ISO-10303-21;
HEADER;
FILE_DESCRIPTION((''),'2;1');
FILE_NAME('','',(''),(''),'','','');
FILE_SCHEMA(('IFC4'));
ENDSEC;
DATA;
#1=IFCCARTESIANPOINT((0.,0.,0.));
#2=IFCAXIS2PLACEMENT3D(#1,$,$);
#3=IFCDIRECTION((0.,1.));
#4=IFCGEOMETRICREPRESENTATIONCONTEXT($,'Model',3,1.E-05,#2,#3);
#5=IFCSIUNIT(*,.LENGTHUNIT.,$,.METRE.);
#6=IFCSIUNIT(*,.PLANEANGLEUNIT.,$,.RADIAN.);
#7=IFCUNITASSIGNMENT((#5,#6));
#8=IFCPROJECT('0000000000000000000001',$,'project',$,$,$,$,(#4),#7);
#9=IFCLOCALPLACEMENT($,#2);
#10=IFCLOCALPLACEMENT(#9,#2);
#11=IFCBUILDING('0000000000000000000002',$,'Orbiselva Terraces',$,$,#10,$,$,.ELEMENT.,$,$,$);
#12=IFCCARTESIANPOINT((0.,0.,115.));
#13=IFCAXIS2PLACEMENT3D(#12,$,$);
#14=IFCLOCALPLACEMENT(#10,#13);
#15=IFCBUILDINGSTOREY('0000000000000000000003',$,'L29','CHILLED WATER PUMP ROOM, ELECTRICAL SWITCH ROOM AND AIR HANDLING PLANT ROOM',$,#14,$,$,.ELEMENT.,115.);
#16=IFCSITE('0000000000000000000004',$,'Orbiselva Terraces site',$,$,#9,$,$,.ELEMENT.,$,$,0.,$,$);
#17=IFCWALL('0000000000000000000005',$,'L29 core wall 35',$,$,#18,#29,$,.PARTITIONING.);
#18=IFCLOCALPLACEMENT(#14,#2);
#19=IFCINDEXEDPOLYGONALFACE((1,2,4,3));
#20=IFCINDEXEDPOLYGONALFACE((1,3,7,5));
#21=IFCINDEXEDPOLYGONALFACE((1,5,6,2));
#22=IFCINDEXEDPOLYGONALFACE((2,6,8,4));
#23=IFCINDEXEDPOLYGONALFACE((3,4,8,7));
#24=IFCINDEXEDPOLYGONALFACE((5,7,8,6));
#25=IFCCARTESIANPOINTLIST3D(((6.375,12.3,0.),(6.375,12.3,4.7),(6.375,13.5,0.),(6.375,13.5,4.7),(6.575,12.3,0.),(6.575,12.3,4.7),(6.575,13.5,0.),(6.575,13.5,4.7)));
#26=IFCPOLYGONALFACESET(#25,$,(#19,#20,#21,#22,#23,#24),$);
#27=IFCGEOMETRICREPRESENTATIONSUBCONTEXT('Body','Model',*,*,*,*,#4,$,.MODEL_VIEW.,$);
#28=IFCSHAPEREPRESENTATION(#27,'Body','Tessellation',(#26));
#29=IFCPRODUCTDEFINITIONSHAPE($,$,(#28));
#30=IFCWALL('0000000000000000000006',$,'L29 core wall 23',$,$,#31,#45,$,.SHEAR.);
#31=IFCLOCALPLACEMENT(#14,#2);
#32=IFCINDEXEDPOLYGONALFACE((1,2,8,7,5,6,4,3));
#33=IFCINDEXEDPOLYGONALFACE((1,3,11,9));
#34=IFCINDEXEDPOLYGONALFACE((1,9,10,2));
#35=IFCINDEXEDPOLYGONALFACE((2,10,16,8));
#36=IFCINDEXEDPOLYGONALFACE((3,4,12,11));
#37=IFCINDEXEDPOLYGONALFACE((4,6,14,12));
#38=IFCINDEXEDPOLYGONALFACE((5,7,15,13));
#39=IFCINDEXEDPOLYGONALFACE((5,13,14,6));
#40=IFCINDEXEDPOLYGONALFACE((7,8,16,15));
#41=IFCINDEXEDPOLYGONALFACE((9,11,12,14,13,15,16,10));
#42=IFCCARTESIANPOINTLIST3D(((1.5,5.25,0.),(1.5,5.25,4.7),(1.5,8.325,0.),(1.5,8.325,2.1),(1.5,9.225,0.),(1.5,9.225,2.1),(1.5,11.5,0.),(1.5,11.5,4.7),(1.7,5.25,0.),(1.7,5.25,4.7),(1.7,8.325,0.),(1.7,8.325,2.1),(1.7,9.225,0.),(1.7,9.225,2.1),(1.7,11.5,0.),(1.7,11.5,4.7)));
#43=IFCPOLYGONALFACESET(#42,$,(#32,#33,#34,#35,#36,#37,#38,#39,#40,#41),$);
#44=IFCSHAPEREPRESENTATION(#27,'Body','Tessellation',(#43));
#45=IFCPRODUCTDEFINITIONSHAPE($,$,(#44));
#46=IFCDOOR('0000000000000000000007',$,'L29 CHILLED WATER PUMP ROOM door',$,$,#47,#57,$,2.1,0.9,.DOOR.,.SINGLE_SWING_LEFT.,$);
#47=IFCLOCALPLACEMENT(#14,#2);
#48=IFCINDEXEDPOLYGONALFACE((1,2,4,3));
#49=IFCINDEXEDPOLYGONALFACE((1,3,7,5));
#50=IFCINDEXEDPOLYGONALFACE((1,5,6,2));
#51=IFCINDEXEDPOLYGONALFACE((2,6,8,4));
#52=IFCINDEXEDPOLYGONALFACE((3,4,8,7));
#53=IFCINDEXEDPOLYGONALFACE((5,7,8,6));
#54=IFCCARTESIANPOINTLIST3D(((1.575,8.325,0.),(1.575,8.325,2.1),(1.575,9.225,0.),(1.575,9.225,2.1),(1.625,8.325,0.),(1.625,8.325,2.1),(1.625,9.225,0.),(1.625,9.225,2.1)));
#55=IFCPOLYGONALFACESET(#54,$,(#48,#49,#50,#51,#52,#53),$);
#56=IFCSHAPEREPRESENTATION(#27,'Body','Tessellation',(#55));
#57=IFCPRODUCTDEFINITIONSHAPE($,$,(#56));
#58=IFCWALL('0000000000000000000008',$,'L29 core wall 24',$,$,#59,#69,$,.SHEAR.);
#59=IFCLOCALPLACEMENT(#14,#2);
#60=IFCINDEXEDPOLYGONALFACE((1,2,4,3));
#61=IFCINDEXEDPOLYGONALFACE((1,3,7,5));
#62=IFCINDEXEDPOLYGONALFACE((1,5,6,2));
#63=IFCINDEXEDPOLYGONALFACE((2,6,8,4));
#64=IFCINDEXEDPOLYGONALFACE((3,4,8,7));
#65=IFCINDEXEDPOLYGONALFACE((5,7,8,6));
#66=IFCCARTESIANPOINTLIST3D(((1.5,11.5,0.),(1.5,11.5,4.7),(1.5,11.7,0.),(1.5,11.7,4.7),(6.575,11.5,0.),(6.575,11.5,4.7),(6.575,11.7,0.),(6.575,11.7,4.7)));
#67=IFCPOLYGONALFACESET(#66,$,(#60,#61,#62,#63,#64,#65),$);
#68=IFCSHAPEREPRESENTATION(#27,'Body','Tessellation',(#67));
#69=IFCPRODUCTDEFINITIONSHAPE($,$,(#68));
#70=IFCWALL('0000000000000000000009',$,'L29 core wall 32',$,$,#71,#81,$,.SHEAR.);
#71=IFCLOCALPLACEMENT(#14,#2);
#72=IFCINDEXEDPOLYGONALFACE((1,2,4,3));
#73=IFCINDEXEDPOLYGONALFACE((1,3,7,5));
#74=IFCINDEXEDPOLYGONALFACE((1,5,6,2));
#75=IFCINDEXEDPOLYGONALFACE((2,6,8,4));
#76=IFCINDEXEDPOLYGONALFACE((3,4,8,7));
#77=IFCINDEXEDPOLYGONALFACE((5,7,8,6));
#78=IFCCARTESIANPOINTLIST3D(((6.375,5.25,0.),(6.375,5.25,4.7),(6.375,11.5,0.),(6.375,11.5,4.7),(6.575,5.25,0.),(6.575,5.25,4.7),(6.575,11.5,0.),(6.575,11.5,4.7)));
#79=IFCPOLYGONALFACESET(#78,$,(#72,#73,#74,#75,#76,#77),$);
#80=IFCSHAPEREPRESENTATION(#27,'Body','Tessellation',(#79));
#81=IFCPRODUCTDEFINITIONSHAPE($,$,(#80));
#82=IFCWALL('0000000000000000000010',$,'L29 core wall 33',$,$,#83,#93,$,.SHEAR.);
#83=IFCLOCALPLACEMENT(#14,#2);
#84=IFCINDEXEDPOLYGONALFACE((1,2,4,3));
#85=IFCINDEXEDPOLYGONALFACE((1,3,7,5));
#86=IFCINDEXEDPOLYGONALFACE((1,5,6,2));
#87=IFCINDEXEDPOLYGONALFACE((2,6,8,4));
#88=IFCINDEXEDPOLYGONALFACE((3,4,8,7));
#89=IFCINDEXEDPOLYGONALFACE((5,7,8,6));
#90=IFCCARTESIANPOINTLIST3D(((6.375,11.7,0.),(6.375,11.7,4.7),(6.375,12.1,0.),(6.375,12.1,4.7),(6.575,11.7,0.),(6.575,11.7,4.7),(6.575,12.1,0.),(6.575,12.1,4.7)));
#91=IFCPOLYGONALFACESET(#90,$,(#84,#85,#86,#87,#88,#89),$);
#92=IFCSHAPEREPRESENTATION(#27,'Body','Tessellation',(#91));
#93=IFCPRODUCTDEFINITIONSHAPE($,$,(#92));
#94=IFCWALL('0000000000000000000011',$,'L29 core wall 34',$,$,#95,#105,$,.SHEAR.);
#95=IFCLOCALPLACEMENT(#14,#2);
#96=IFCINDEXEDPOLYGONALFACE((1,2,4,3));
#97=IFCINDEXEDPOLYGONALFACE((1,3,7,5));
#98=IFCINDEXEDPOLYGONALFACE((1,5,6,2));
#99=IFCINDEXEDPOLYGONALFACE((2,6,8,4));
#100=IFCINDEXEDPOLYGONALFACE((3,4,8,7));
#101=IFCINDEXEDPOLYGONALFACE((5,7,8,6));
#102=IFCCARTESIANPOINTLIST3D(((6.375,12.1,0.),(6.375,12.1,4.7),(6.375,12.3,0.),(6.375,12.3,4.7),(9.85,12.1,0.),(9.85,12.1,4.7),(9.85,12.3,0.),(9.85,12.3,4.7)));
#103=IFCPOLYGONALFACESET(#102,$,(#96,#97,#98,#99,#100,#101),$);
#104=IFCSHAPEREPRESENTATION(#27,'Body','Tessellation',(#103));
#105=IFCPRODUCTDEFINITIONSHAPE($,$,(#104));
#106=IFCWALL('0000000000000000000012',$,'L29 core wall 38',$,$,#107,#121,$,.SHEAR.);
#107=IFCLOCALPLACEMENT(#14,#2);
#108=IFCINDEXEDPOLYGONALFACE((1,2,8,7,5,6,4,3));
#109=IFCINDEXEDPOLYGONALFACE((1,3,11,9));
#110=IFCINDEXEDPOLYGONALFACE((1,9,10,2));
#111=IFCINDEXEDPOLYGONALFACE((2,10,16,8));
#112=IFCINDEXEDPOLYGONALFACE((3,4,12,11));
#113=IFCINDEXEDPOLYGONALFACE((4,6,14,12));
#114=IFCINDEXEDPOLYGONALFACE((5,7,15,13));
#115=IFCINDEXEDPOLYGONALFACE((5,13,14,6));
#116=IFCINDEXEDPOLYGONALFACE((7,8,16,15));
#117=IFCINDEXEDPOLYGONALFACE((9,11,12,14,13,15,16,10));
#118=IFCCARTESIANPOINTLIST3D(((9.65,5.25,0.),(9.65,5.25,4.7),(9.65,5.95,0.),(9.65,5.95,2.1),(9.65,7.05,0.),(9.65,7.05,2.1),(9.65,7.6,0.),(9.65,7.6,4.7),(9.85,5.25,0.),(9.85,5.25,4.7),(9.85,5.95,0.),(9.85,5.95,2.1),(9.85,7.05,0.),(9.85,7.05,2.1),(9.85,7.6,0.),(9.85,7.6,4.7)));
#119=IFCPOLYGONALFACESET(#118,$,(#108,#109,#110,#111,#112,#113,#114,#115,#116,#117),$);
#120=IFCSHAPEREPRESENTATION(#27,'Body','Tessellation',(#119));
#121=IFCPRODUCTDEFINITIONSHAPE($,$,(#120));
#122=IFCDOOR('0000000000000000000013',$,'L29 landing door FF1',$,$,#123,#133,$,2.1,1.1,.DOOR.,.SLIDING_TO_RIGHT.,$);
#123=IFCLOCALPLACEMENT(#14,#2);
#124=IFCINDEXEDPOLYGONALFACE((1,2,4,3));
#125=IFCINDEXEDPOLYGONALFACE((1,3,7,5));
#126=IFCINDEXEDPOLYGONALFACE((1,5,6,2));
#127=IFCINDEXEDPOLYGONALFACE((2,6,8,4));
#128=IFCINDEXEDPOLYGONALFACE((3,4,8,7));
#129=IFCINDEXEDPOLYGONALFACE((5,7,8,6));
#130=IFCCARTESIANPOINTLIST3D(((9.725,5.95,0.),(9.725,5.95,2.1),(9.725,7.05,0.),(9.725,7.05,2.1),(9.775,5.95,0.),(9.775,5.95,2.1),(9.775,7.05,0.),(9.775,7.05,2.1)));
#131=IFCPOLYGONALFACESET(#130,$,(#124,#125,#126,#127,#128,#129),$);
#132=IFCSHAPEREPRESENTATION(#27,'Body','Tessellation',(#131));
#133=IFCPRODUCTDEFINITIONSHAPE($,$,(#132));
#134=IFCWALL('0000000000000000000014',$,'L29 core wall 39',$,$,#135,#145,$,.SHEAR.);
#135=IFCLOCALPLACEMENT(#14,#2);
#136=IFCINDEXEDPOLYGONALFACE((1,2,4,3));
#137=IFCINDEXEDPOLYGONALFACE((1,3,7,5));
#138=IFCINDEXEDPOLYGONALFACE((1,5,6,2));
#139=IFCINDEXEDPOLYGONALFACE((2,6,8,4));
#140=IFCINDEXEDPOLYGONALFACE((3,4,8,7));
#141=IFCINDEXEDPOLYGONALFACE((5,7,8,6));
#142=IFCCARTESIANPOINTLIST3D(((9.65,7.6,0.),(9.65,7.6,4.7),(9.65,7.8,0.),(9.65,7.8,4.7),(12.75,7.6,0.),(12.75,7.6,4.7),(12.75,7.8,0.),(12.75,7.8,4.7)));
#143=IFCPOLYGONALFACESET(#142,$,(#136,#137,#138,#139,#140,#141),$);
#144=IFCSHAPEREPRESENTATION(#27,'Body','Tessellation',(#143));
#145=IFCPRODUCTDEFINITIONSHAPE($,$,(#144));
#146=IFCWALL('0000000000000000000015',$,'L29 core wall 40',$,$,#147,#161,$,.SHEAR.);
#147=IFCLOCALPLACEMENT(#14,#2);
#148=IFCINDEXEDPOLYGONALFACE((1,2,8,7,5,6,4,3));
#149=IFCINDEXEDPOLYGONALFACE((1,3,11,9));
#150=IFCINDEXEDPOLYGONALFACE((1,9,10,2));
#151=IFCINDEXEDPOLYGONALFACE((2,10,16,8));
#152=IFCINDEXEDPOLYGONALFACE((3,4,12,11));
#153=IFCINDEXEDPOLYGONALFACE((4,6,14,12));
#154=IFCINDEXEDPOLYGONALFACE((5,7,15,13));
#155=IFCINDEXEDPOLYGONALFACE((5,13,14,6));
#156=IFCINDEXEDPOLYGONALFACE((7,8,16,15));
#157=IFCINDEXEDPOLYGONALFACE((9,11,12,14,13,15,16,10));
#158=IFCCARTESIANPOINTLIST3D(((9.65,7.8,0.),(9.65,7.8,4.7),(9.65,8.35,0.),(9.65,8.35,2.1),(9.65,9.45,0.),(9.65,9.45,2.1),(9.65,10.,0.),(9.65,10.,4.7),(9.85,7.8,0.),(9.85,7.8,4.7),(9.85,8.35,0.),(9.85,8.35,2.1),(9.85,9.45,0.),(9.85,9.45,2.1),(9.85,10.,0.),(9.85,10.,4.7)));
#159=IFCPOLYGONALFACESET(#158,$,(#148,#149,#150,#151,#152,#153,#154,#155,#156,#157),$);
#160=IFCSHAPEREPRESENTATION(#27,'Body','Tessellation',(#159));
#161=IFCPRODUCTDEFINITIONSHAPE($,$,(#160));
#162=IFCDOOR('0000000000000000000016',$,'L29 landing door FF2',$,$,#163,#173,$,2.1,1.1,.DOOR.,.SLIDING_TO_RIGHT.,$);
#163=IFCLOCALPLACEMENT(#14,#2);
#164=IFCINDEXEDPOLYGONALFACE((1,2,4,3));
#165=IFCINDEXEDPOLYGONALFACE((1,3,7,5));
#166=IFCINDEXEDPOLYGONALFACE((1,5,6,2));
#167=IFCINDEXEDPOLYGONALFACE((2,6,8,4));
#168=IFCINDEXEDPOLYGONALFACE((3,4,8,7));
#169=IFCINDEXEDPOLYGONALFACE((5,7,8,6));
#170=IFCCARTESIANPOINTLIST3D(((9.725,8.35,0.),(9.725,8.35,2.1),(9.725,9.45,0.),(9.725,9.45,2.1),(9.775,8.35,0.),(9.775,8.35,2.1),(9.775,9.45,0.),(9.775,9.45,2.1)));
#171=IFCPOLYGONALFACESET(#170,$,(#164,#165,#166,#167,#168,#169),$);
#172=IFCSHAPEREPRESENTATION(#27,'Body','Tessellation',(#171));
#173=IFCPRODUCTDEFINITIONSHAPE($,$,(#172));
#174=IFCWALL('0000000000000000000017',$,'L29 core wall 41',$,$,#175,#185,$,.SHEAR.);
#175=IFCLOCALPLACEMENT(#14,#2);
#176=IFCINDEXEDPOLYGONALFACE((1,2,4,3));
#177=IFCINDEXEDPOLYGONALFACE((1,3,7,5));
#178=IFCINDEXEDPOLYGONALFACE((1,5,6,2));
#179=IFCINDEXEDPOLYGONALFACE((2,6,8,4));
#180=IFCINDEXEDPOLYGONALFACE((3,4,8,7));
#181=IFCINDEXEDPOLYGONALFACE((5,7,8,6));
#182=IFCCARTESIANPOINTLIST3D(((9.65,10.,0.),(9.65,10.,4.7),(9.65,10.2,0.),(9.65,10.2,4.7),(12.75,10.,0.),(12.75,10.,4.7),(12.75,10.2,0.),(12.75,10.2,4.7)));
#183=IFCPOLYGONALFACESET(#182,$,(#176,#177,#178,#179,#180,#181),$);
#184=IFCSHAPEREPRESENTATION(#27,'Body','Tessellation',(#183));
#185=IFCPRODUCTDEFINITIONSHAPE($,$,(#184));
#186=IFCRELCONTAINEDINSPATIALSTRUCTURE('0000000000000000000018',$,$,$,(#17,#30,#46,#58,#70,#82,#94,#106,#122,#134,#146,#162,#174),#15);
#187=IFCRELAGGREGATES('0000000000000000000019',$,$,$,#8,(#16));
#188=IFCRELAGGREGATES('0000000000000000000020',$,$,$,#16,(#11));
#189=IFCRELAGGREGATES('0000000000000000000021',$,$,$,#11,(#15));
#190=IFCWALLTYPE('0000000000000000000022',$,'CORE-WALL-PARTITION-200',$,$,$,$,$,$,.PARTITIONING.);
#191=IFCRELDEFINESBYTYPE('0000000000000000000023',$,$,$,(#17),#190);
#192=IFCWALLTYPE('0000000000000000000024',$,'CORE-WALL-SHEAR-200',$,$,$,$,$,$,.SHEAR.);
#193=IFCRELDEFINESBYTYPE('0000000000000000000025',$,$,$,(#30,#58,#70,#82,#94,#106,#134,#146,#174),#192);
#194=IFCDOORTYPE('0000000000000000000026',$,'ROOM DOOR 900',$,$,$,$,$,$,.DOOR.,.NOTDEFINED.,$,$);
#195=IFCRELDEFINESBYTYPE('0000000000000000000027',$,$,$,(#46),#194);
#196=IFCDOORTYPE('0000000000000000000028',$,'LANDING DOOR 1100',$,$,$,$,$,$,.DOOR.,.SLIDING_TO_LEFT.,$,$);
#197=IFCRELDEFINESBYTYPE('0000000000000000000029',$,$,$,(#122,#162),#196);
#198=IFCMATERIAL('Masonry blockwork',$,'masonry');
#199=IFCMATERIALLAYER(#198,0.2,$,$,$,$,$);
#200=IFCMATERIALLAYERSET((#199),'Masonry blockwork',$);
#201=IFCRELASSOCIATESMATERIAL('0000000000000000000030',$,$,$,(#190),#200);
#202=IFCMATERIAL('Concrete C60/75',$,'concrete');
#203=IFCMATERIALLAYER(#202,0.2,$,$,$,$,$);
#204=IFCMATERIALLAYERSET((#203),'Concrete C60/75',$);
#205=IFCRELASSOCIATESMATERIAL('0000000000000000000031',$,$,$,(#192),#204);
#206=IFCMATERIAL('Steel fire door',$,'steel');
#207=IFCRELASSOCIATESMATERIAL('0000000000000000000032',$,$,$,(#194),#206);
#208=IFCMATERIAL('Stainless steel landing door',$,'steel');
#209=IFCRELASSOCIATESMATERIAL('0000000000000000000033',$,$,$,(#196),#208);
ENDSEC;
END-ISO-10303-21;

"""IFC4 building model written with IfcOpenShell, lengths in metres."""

from ifc_helpers import new_model, si_unit, direction, frame, frame_2d, origin, place, context, subcontext, project, spatial, rectangle, extrude, material, layer, layer_set, type_object, element, fill, save


model = new_model("IFC4")

# Units and contexts
model_context = context("Model", 3, precision=1e-05, world=origin(), true_north=direction((0.0, 1.0)))
body_context = subcontext(model_context, "Body", "Model", "MODEL_VIEW")
ifc_project = project(units=[si_unit("LENGTHUNIT", "METRE"), si_unit("PLANEANGLEUNIT", "RADIAN")], contexts=[model_context])

# Site, building, storey
site_placement = place(None, origin())
site = spatial("IfcSite", under=ifc_project, at=site_placement, Name="Orbiselva Terraces site", CompositionType="ELEMENT", RefElevation=0.0)
building_placement = place(site_placement, origin())
building = spatial("IfcBuilding", under=site, at=building_placement, Name="Orbiselva Terraces", CompositionType="ELEMENT")
storey_placement = place(building_placement, frame((0.0, 0.0, 115.0)))
storey = spatial("IfcBuildingStorey", under=building, at=storey_placement, Name="L29", Description="CHILLED WATER PUMP ROOM, ELECTRICAL SWITCH ROOM AND AIR HANDLING PLANT ROOM", CompositionType="ELEMENT", Elevation=115.0)

# Wall
ifc_material_1 = material(Name="Masonry blockwork", Category="masonry")
ifc_layer_1 = layer(ifc_material_1, 0.2)
ifc_layer_set_1 = layer_set([ifc_layer_1], Name="Masonry blockwork")
wall_type_1 = type_object("IfcWallType", Name="CORE-WALL-PARTITION-200", PredefinedType="PARTITIONING", material=ifc_layer_set_1)
wall_1_placement = place(storey_placement, frame((6.475, 12.3, 0.0), z_axis=(0.0, 0.0, 1.0), x_axis=(0.0, 1.0, 0.0)))
element("IfcWall", 1, at=wall_1_placement, inside=storey, type_object=wall_type_1, Name="L29 core wall 35", PredefinedType="PARTITIONING", context=body_context, shape_type="SweptSolid", body=[
    extrude(rectangle(XDim=1.2, YDim=0.2, at=frame_2d((0.6, 0.0))), origin(), (0.0, 0.0, 1.0), 4.7),
])

# Wall, opening, door
ifc_material_2 = material(Name="Concrete C60/75", Category="concrete")
ifc_layer_2 = layer(ifc_material_2, 0.2)
ifc_layer_set_2 = layer_set([ifc_layer_2], Name="Concrete C60/75")
wall_type_2 = type_object("IfcWallType", Name="CORE-WALL-SHEAR-200", PredefinedType="SHEAR", material=ifc_layer_set_2)
wall_2_placement = place(storey_placement, frame((1.6, 11.5, 0.0), z_axis=(0.0, 0.0, 1.0), x_axis=(0.0, -1.0, 0.0)))
wall_2 = element("IfcWall", 2, at=wall_2_placement, inside=storey, type_object=wall_type_2, Name="L29 core wall 23", PredefinedType="SHEAR", context=body_context, shape_type="SweptSolid", body=[
    extrude(rectangle(XDim=6.25, YDim=0.2, at=frame_2d((3.125, 0.0))), origin(), (0.0, 0.0, 1.0), 4.7),
])
opening_1_placement = place(wall_2_placement, frame((2.275, 0.0, 0.0)))
opening_1 = element("IfcOpeningElement", 3, at=opening_1_placement, cuts=wall_2, PredefinedType="OPENING", context=body_context, shape_type="SweptSolid", body=[
    extrude(rectangle(XDim=0.9, YDim=2.1, at=frame_2d((0.45, 1.05))), frame((0.0, 0.11, 0.0), z_axis=(0.0, -1.0, 0.0), x_axis=(1.0, 0.0, 0.0)), (0.0, 0.0, 1.0), 0.22),
])
ifc_material_3 = material(Name="Steel fire door", Category="steel")
door_type_1 = type_object("IfcDoorType", Name="ROOM DOOR 900", OperationType="NOTDEFINED", PredefinedType="DOOR", material=ifc_material_3)
door_1_placement = place(opening_1_placement, origin())
door_1 = element("IfcDoor", 4, at=door_1_placement, inside=storey, type_object=door_type_1, Name="L29 CHILLED WATER PUMP ROOM door", OperationType="SINGLE_SWING_LEFT", OverallHeight=2.1, OverallWidth=0.9, PredefinedType="DOOR", context=body_context, shape_type="SweptSolid", body=[
    extrude(rectangle(XDim=0.9, YDim=2.1, at=frame_2d((0.45, 1.05))), frame((0.0, 0.025, 0.0), z_axis=(0.0, -1.0, 0.0), x_axis=(1.0, 0.0, 0.0)), (0.0, 0.0, 1.0), 0.05),
])
fill(opening_1, door_1)

# Walls
wall_3_placement = place(storey_placement, frame((1.5, 11.6, 0.0), z_axis=(0.0, 0.0, 1.0), x_axis=(1.0, 0.0, 0.0)))
element("IfcWall", 5, at=wall_3_placement, inside=storey, type_object=wall_type_2, Name="L29 core wall 24", PredefinedType="SHEAR", context=body_context, shape_type="SweptSolid", body=[
    extrude(rectangle(XDim=5.075, YDim=0.2, at=frame_2d((2.5375, 0.0))), origin(), (0.0, 0.0, 1.0), 4.7),
])
wall_4_placement = place(storey_placement, frame((6.475, 5.25, 0.0), z_axis=(0.0, 0.0, 1.0), x_axis=(0.0, 1.0, 0.0)))
element("IfcWall", 6, at=wall_4_placement, inside=storey, type_object=wall_type_2, Name="L29 core wall 32", PredefinedType="SHEAR", context=body_context, shape_type="SweptSolid", body=[
    extrude(rectangle(XDim=6.25, YDim=0.2, at=frame_2d((3.125, 0.0))), origin(), (0.0, 0.0, 1.0), 4.7),
])
wall_5_placement = place(storey_placement, frame((6.475, 11.7, 0.0), z_axis=(0.0, 0.0, 1.0), x_axis=(0.0, 1.0, 0.0)))
element("IfcWall", 7, at=wall_5_placement, inside=storey, type_object=wall_type_2, Name="L29 core wall 33", PredefinedType="SHEAR", context=body_context, shape_type="SweptSolid", body=[
    extrude(rectangle(XDim=0.4, YDim=0.2, at=frame_2d((0.2, 0.0))), origin(), (0.0, 0.0, 1.0), 4.7),
])
wall_6_placement = place(storey_placement, frame((6.375, 12.2, 0.0), z_axis=(0.0, 0.0, 1.0), x_axis=(1.0, 0.0, 0.0)))
element("IfcWall", 8, at=wall_6_placement, inside=storey, type_object=wall_type_2, Name="L29 core wall 34", PredefinedType="SHEAR", context=body_context, shape_type="SweptSolid", body=[
    extrude(rectangle(XDim=3.475, YDim=0.2, at=frame_2d((1.7375, 0.0))), origin(), (0.0, 0.0, 1.0), 4.7),
])

# Wall, opening, door
wall_7_placement = place(storey_placement, frame((9.75, 5.25, 0.0), z_axis=(0.0, 0.0, 1.0), x_axis=(0.0, 1.0, 0.0)))
wall_7 = element("IfcWall", 9, at=wall_7_placement, inside=storey, type_object=wall_type_2, Name="L29 core wall 38", PredefinedType="SHEAR", context=body_context, shape_type="SweptSolid", body=[
    extrude(rectangle(XDim=2.35, YDim=0.2, at=frame_2d((1.175, 0.0))), origin(), (0.0, 0.0, 1.0), 4.7),
])
opening_2_placement = place(wall_7_placement, frame((0.7, 0.0, 0.0)))
opening_2 = element("IfcOpeningElement", 10, at=opening_2_placement, cuts=wall_7, PredefinedType="OPENING", context=body_context, shape_type="SweptSolid", body=[
    extrude(rectangle(XDim=1.1, YDim=2.1, at=frame_2d((0.55, 1.05))), frame((0.0, 0.11, 0.0), z_axis=(0.0, -1.0, 0.0), x_axis=(1.0, 0.0, 0.0)), (0.0, 0.0, 1.0), 0.22),
])
ifc_material_4 = material(Name="Stainless steel landing door", Category="steel")
door_type_2 = type_object("IfcDoorType", Name="LANDING DOOR 1100", OperationType="SLIDING_TO_LEFT", PredefinedType="DOOR", material=ifc_material_4)
door_2_placement = place(opening_2_placement, origin())
door_2 = element("IfcDoor", 11, at=door_2_placement, inside=storey, type_object=door_type_2, Name="L29 landing door FF1", OperationType="SLIDING_TO_RIGHT", OverallHeight=2.1, OverallWidth=1.1, PredefinedType="DOOR", context=body_context, shape_type="SweptSolid", body=[
    extrude(rectangle(XDim=1.1, YDim=2.1, at=frame_2d((0.55, 1.05))), frame((0.0, 0.025, 0.0), z_axis=(0.0, -1.0, 0.0), x_axis=(1.0, 0.0, 0.0)), (0.0, 0.0, 1.0), 0.05),
])
fill(opening_2, door_2)

# Wall
wall_8_placement = place(storey_placement, frame((9.65, 7.7, 0.0), z_axis=(0.0, 0.0, 1.0), x_axis=(1.0, 0.0, 0.0)))
element("IfcWall", 12, at=wall_8_placement, inside=storey, type_object=wall_type_2, Name="L29 core wall 39", PredefinedType="SHEAR", context=body_context, shape_type="SweptSolid", body=[
    extrude(rectangle(XDim=3.1, YDim=0.2, at=frame_2d((1.55, 0.0))), origin(), (0.0, 0.0, 1.0), 4.7),
])

# Wall, opening, door
wall_9_placement = place(storey_placement, frame((9.75, 7.8, 0.0), z_axis=(0.0, 0.0, 1.0), x_axis=(0.0, 1.0, 0.0)))
wall_9 = element("IfcWall", 13, at=wall_9_placement, inside=storey, type_object=wall_type_2, Name="L29 core wall 40", PredefinedType="SHEAR", context=body_context, shape_type="SweptSolid", body=[
    extrude(rectangle(XDim=2.2, YDim=0.2, at=frame_2d((1.1, 0.0))), origin(), (0.0, 0.0, 1.0), 4.7),
])
opening_3_placement = place(wall_9_placement, frame((0.55, 0.0, 0.0)))
opening_3 = element("IfcOpeningElement", 14, at=opening_3_placement, cuts=wall_9, PredefinedType="OPENING", context=body_context, shape_type="SweptSolid", body=[
    extrude(rectangle(XDim=1.1, YDim=2.1, at=frame_2d((0.55, 1.05))), frame((0.0, 0.11, 0.0), z_axis=(0.0, -1.0, 0.0), x_axis=(1.0, 0.0, 0.0)), (0.0, 0.0, 1.0), 0.22),
])
door_3_placement = place(opening_3_placement, origin())
door_3 = element("IfcDoor", 15, at=door_3_placement, inside=storey, type_object=door_type_2, Name="L29 landing door FF2", OperationType="SLIDING_TO_RIGHT", OverallHeight=2.1, OverallWidth=1.1, PredefinedType="DOOR", context=body_context, shape_type="SweptSolid", body=[
    extrude(rectangle(XDim=1.1, YDim=2.1, at=frame_2d((0.55, 1.05))), frame((0.0, 0.025, 0.0), z_axis=(0.0, -1.0, 0.0), x_axis=(1.0, 0.0, 0.0)), (0.0, 0.0, 1.0), 0.05),
])
fill(opening_3, door_3)

# Wall
wall_10_placement = place(storey_placement, frame((9.65, 10.1, 0.0), z_axis=(0.0, 0.0, 1.0), x_axis=(1.0, 0.0, 0.0)))
element("IfcWall", 16, at=wall_10_placement, inside=storey, type_object=wall_type_2, Name="L29 core wall 41", PredefinedType="SHEAR", context=body_context, shape_type="SweptSolid", body=[
    extrude(rectangle(XDim=3.1, YDim=0.2, at=frame_2d((1.55, 0.0))), origin(), (0.0, 0.0, 1.0), 4.7),
])

save(model, "model.ifc")
